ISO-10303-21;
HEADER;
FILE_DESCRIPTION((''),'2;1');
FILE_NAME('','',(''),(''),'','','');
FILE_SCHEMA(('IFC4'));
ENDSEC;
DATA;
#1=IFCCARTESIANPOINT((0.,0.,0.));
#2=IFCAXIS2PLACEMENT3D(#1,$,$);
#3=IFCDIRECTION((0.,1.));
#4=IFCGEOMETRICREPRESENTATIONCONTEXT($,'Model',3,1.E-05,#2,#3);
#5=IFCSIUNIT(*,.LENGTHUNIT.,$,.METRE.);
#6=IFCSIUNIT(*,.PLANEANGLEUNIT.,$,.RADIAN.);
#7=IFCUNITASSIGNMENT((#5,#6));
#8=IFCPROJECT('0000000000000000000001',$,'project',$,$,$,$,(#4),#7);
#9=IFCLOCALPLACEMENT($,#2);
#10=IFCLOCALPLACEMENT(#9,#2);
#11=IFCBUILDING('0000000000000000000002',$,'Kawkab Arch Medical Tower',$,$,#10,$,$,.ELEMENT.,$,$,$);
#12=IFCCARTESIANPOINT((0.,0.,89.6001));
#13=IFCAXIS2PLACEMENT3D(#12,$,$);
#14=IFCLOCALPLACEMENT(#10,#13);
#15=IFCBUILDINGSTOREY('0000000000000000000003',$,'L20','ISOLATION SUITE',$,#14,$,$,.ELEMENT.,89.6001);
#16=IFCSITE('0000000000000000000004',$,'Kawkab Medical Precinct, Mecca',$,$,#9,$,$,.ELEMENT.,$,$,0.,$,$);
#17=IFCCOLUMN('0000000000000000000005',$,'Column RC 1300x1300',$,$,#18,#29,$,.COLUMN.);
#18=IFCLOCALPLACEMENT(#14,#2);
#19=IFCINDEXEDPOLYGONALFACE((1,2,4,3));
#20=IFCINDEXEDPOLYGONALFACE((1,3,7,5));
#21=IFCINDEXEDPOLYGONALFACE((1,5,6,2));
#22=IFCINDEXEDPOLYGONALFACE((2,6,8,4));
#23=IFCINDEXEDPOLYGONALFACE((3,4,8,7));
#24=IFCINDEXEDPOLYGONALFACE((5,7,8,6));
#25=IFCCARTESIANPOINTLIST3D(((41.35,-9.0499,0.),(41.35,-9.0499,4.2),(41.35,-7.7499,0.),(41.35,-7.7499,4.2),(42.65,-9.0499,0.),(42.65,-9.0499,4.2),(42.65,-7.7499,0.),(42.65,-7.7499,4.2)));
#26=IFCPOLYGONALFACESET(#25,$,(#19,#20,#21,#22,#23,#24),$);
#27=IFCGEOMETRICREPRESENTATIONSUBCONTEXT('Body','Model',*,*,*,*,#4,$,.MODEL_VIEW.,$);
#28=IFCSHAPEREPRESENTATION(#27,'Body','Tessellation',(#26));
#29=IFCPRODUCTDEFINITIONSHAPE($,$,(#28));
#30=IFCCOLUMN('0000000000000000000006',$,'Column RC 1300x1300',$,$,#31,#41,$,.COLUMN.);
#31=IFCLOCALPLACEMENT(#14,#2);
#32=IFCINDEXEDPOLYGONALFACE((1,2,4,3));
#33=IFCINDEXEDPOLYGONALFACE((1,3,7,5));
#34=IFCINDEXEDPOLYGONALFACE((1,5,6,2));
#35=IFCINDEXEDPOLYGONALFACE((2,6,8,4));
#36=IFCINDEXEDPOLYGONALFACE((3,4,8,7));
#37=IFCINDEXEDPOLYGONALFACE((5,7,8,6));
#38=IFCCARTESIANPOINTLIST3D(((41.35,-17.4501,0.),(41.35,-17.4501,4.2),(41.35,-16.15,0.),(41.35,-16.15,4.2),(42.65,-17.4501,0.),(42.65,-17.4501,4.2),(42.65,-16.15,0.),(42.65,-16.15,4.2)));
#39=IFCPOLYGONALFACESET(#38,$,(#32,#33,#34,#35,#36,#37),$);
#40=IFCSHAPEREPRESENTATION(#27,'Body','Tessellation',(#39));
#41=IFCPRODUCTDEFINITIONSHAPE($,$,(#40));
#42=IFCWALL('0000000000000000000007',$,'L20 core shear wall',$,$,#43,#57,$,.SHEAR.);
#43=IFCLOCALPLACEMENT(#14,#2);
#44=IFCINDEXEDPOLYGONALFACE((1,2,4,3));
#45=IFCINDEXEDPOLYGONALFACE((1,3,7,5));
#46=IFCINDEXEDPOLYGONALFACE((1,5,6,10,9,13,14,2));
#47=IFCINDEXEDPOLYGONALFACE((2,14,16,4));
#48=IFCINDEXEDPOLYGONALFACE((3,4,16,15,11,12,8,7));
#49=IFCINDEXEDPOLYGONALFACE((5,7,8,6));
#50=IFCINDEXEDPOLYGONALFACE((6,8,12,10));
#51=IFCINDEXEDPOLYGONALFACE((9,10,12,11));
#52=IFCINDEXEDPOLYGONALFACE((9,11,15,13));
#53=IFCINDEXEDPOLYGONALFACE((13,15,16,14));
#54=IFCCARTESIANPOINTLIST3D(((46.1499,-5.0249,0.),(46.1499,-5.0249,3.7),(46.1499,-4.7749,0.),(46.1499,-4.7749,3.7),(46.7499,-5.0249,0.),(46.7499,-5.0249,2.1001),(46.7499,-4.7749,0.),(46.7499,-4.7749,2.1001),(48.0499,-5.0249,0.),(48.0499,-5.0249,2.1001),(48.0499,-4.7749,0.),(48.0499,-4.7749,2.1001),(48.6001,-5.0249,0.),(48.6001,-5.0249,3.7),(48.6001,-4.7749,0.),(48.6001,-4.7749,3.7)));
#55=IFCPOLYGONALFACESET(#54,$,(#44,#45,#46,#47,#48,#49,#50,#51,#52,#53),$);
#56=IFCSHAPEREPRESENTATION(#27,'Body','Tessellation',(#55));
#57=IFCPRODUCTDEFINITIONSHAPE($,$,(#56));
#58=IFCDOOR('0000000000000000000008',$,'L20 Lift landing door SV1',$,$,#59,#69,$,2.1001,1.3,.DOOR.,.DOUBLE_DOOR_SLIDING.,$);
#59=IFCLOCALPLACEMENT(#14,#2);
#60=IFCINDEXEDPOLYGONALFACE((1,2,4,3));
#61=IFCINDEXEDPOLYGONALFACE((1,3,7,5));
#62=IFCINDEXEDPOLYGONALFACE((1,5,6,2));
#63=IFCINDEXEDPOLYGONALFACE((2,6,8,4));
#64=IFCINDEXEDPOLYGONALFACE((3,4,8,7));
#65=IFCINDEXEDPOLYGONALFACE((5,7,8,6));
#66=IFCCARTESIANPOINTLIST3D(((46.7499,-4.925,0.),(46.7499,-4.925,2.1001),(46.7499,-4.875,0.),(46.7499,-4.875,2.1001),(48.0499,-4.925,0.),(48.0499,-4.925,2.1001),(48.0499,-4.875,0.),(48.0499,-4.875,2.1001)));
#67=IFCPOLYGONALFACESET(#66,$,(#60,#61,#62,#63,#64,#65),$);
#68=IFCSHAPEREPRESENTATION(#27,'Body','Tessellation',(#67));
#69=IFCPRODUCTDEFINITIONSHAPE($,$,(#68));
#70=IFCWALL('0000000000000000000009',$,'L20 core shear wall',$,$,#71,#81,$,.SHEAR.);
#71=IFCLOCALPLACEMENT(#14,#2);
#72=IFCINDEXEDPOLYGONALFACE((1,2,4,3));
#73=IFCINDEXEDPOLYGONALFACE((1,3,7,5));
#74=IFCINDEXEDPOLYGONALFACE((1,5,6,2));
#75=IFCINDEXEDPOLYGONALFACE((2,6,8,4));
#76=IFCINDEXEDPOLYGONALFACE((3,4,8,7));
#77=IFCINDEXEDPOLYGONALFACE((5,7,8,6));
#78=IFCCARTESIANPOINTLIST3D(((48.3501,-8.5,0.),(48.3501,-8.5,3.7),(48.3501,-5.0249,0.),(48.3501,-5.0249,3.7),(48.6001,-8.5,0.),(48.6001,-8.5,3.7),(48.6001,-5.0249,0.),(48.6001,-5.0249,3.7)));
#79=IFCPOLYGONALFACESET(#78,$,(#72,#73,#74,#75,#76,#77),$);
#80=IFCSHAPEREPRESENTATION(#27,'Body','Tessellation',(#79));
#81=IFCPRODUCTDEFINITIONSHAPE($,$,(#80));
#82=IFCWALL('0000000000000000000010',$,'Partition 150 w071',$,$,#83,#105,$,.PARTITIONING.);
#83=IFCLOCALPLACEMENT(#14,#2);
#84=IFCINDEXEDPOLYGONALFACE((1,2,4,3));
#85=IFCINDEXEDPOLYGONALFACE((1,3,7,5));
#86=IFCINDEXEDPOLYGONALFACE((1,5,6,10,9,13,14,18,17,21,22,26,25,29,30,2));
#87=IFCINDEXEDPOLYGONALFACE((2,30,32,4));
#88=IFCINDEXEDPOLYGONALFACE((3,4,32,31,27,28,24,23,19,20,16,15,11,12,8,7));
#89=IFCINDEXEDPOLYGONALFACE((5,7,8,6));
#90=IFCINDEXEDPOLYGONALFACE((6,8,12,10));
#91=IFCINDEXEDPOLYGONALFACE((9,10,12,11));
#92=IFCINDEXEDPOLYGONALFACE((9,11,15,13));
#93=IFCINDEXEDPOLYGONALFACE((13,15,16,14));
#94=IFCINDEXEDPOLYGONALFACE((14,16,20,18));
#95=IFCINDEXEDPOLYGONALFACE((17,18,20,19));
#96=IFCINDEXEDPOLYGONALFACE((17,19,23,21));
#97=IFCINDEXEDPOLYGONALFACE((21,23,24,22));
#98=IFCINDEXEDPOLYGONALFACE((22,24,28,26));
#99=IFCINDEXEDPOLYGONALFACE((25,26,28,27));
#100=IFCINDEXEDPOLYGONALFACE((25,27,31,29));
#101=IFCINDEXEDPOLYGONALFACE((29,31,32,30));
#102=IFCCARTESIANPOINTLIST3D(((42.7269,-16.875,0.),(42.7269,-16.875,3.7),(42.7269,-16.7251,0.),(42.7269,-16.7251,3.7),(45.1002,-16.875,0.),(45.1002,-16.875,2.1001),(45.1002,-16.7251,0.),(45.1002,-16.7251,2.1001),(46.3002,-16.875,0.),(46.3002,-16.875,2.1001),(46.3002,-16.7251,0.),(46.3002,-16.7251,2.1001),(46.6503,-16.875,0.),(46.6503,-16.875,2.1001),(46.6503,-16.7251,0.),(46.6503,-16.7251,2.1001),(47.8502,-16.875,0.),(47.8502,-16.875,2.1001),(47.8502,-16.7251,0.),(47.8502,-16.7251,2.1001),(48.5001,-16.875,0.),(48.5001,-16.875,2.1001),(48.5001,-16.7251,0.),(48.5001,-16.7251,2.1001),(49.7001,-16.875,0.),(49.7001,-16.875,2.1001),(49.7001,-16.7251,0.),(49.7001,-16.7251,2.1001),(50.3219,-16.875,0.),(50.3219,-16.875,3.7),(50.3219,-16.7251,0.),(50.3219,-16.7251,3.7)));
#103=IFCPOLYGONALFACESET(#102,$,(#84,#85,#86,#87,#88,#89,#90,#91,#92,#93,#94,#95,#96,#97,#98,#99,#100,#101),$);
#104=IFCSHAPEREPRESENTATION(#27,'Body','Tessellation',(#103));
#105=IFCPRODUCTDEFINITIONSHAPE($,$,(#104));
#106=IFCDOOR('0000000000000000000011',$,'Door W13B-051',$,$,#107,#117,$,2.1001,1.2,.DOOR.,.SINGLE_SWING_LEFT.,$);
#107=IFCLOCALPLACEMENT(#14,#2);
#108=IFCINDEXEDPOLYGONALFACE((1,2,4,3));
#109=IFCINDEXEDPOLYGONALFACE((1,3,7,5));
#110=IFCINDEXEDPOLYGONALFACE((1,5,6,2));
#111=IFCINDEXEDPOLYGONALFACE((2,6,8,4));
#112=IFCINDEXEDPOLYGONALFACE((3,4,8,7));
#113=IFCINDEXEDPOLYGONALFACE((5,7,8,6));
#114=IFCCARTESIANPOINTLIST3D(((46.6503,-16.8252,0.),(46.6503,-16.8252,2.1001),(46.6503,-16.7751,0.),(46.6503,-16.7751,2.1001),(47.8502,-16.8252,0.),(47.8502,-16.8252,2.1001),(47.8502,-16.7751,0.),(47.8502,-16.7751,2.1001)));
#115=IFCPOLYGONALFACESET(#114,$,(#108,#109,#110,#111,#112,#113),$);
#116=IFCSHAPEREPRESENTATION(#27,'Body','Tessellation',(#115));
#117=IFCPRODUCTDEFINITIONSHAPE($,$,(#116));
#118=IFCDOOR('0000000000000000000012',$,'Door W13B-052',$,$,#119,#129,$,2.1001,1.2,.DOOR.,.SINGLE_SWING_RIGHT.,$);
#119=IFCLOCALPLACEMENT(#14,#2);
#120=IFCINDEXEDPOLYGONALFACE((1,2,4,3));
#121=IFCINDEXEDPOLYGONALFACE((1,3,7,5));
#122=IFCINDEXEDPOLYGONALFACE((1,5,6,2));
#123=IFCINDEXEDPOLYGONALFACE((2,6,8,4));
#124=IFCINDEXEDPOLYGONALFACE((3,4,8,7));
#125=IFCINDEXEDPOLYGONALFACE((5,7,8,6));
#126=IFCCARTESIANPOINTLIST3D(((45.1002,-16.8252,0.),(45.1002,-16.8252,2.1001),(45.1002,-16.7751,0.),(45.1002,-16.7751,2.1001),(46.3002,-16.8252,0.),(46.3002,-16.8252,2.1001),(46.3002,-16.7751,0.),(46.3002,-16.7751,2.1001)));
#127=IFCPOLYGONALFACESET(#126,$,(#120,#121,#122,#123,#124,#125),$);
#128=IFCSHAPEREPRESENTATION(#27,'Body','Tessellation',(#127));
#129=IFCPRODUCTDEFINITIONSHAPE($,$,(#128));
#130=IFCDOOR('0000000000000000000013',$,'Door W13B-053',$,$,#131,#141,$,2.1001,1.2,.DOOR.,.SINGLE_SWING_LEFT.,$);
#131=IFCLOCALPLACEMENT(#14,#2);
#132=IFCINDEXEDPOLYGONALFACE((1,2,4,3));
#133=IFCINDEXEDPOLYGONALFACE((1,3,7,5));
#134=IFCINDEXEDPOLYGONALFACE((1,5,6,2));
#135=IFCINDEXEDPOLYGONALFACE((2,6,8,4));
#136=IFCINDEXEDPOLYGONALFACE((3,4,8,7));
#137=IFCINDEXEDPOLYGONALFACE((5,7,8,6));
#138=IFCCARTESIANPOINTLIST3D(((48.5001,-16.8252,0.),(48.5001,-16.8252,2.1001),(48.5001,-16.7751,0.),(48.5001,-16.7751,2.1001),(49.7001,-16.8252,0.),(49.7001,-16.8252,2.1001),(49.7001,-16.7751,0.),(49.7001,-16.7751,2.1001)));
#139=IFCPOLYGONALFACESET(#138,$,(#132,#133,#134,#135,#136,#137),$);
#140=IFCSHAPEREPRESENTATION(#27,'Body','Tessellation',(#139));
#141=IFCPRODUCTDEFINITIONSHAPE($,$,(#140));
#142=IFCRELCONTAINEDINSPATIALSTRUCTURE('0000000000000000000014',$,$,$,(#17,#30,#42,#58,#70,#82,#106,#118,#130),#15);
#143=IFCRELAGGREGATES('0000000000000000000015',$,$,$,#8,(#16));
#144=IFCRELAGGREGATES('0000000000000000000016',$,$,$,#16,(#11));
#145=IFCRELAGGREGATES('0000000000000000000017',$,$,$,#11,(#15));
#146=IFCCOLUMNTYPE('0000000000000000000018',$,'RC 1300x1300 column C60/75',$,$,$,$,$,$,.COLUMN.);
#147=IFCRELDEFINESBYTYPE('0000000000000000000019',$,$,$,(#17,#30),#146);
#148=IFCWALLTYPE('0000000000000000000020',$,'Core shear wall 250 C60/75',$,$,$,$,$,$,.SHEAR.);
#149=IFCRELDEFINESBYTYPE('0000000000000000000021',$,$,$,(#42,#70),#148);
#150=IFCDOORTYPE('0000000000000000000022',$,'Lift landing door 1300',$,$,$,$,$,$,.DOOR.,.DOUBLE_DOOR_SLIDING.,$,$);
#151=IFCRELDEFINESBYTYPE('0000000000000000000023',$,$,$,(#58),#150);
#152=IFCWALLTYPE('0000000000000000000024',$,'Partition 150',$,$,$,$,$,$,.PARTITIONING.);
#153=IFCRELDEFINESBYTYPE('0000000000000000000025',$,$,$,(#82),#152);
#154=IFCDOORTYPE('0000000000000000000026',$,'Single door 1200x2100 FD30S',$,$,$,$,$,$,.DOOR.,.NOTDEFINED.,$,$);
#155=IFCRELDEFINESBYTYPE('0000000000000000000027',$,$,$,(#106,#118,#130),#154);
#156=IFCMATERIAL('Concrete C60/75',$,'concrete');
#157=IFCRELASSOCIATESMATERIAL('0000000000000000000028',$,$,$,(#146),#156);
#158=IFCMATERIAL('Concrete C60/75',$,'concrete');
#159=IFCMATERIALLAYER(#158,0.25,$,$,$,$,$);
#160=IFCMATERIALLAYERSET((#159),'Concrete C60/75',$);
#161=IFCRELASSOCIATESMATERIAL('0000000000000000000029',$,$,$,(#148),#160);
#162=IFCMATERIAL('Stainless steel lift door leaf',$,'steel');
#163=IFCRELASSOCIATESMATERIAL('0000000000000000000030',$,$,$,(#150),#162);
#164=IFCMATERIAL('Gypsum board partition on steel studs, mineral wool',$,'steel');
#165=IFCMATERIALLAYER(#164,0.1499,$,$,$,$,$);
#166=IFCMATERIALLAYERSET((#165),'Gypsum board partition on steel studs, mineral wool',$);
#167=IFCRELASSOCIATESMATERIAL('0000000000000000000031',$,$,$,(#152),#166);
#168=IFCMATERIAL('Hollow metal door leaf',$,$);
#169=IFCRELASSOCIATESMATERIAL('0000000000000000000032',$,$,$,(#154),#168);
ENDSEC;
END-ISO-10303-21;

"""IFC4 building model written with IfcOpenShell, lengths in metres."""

from ifc_helpers import new_model, si_unit, direction, frame, frame_2d, origin, origin_2d, place, context, subcontext, project, spatial, rectangle, extrude, material, layer, layer_set, material_profile, profile_set, type_object, element, fill, save


model = new_model("IFC4")

# Units and contexts
model_context = context("Model", 3, precision=1e-05, world=origin(), true_north=direction((0.0, 1.0)))
body_context = subcontext(model_context, "Body", "Model", "MODEL_VIEW")
ifc_project = project(units=[si_unit("LENGTHUNIT", "METRE"), si_unit("PLANEANGLEUNIT", "RADIAN")], contexts=[model_context])

# Site, building, storey
site_placement = place(None, origin())
site = spatial("IfcSite", under=ifc_project, at=site_placement, Name="Kawkab Medical Precinct, Mecca", CompositionType="ELEMENT", RefElevation=0.0)
building_placement = place(site_placement, origin())
building = spatial("IfcBuilding", under=site, at=building_placement, Name="Kawkab Arch Medical Tower", CompositionType="ELEMENT")
storey_placement = place(building_placement, frame((0.0, 0.0, 89.6001)))
storey = spatial("IfcBuildingStorey", under=building, at=storey_placement, Name="L20", Description="ISOLATION SUITE", CompositionType="ELEMENT", Elevation=89.6001)

# Columns
ifc_material_1 = material(Name="Concrete C60/75", Category="concrete")
ifc_material_profile = material_profile(ifc_material_1, rectangle(XDim=1.3, YDim=1.3, at=origin_2d()), Name="RC 1300x1300")
ifc_profile_set = profile_set([ifc_material_profile], Name="Concrete C60/75")
column_type = type_object("IfcColumnType", Name="RC 1300x1300 column C60/75", PredefinedType="COLUMN", material=ifc_profile_set)
for number, where, z_axis, x_axis, name in (
    (1, (42.0, -8.3999, 0.0), (0.0, 0.0, 1.0), (1.0, 0.0, 0.0), "Column RC 1300x1300"),
    (2, (42.0, -16.8, 0.0), (0.0, 0.0, 1.0), (1.0, 0.0, 0.0), "Column RC 1300x1300"),
):
    element("IfcColumn", number, at=place(storey_placement, frame(where, z_axis=z_axis, x_axis=x_axis)), inside=storey, type_object=column_type, Name=name, PredefinedType="COLUMN", context=body_context, shape_type="SweptSolid", body=[
        extrude(rectangle(XDim=1.3, YDim=1.3, at=origin_2d()), origin(), (0.0, 0.0, 1.0), 4.2),
    ])

# Wall, opening, door
ifc_material_2 = material(Name="Concrete C60/75", Category="concrete")
ifc_layer_1 = layer(ifc_material_2, 0.25)
ifc_layer_set_1 = layer_set([ifc_layer_1], Name="Concrete C60/75")
wall_type_1 = type_object("IfcWallType", Name="Core shear wall 250 C60/75", PredefinedType="SHEAR", material=ifc_layer_set_1)
wall_1_placement = place(storey_placement, frame((46.1499, -4.8999, 0.0), z_axis=(0.0, 0.0, 1.0), x_axis=(1.0, 0.0, 0.0)))
wall_1 = element("IfcWall", 3, at=wall_1_placement, inside=storey, type_object=wall_type_1, Name="L20 core shear wall", PredefinedType="SHEAR", context=body_context, shape_type="SweptSolid", body=[
    extrude(rectangle(XDim=2.4502, YDim=0.25, at=frame_2d((1.2251, 0.0))), origin(), (0.0, 0.0, 1.0), 3.7),
])
opening_1_placement = place(wall_1_placement, frame((0.6001, 0.0, 0.0)))
opening_1 = element("IfcOpeningElement", 4, at=opening_1_placement, cuts=wall_1, PredefinedType="OPENING", context=body_context, shape_type="SweptSolid", body=[
    extrude(rectangle(XDim=1.3, YDim=2.1001, at=frame_2d((0.6499, 1.05))), frame((0.0, 0.135, 0.0), z_axis=(0.0, -1.0, 0.0), x_axis=(1.0, 0.0, 0.0)), (0.0, 0.0, 1.0), 0.27),
])
ifc_material_3 = material(Name="Stainless steel lift door leaf", Category="steel")
door_type_1 = type_object("IfcDoorType", Name="Lift landing door 1300", OperationType="DOUBLE_DOOR_SLIDING", PredefinedType="DOOR", material=ifc_material_3)
door_1_placement = place(opening_1_placement, origin())
door_1 = element("IfcDoor", 5, at=door_1_placement, inside=storey, type_object=door_type_1, Name="L20 Lift landing door SV1", OperationType="DOUBLE_DOOR_SLIDING", OverallHeight=2.1001, OverallWidth=1.3, PredefinedType="DOOR", context=body_context, shape_type="SweptSolid", body=[
    extrude(rectangle(XDim=1.3, YDim=2.1001, at=frame_2d((0.6499, 1.05))), frame((0.0, 0.0249, 0.0), z_axis=(0.0, -1.0, 0.0), x_axis=(1.0, 0.0, 0.0)), (0.0, 0.0, 1.0), 0.05),
])
fill(opening_1, door_1)

# Wall
wall_2_placement = place(storey_placement, frame((48.4751, -8.5, 0.0), z_axis=(0.0, 0.0, 1.0), x_axis=(0.0, 1.0, 0.0)))
element("IfcWall", 6, at=wall_2_placement, inside=storey, type_object=wall_type_1, Name="L20 core shear wall", PredefinedType="SHEAR", context=body_context, shape_type="SweptSolid", body=[
    extrude(rectangle(XDim=3.4751, YDim=0.25, at=frame_2d((1.7375, 0.0))), origin(), (0.0, 0.0, 1.0), 3.7),
])

# Wall, openings, doors
ifc_material_4 = material(Name="Gypsum board partition on steel studs, mineral wool", Category="steel")
ifc_layer_2 = layer(ifc_material_4, 0.1499)
ifc_layer_set_2 = layer_set([ifc_layer_2], Name="Gypsum board partition on steel studs, mineral wool")
wall_type_2 = type_object("IfcWallType", Name="Partition 150", PredefinedType="PARTITIONING", material=ifc_layer_set_2)
wall_3_placement = place(storey_placement, frame((42.7271, -16.8, 0.0), z_axis=(0.0, 0.0, 1.0), x_axis=(1.0, 0.0, 0.0)))
wall_3 = element("IfcWall", 7, at=wall_3_placement, inside=storey, type_object=wall_type_2, Name="Partition 150 w071", PredefinedType="PARTITIONING", context=body_context, shape_type="SweptSolid", body=[
    extrude(rectangle(XDim=7.595, YDim=0.1499, at=frame_2d((3.7974, 0.0))), origin(), (0.0, 0.0, 1.0), 3.7),
])
opening_2_placement = place(wall_3_placement, frame((3.9231, 0.0, 0.0)))
opening_2 = element("IfcOpeningElement", 8, at=opening_2_placement, cuts=wall_3, PredefinedType="OPENING", context=body_context, shape_type="SweptSolid", body=[
    extrude(rectangle(XDim=1.2, YDim=2.1001, at=frame_2d((0.6001, 1.05))), frame((0.0, 0.085, 0.0), z_axis=(0.0, -1.0, 0.0), x_axis=(1.0, 0.0, 0.0)), (0.0, 0.0, 1.0), 0.1699),
])
opening_3_placement = place(wall_3_placement, frame((2.373, 0.0, 0.0)))
opening_3 = element("IfcOpeningElement", 9, at=opening_3_placement, cuts=wall_3, PredefinedType="OPENING", context=body_context, shape_type="SweptSolid", body=[
    extrude(rectangle(XDim=1.2, YDim=2.1001, at=frame_2d((0.6001, 1.05))), frame((0.0, 0.085, 0.0), z_axis=(0.0, -1.0, 0.0), x_axis=(1.0, 0.0, 0.0)), (0.0, 0.0, 1.0), 0.1699),
])
opening_4_placement = place(wall_3_placement, frame((5.7729, 0.0, 0.0)))
opening_4 = element("IfcOpeningElement", 10, at=opening_4_placement, cuts=wall_3, PredefinedType="OPENING", context=body_context, shape_type="SweptSolid", body=[
    extrude(rectangle(XDim=1.2, YDim=2.1001, at=frame_2d((0.6001, 1.05))), frame((0.0, 0.085, 0.0), z_axis=(0.0, -1.0, 0.0), x_axis=(1.0, 0.0, 0.0)), (0.0, 0.0, 1.0), 0.1699),
])
ifc_material_5 = material(Name="Hollow metal door leaf")
door_type_2 = type_object("IfcDoorType", Name="Single door 1200x2100 FD30S", OperationType="NOTDEFINED", PredefinedType="DOOR", material=ifc_material_5)
door_2_placement = place(opening_2_placement, origin())
door_2 = element("IfcDoor", 11, at=door_2_placement, inside=storey, type_object=door_type_2, Name="Door W13B-051", OperationType="SINGLE_SWING_LEFT", OverallHeight=2.1001, OverallWidth=1.2, PredefinedType="DOOR", context=body_context, shape_type="SweptSolid", body=[
    extrude(rectangle(XDim=1.2, YDim=2.1001, at=frame_2d((0.6001, 1.05))), frame((0.0, 0.0249, 0.0), z_axis=(0.0, -1.0, 0.0), x_axis=(1.0, 0.0, 0.0)), (0.0, 0.0, 1.0), 0.05),
])
fill(opening_2, door_2)
door_3_placement = place(opening_3_placement, origin())
door_3 = element("IfcDoor", 12, at=door_3_placement, inside=storey, type_object=door_type_2, Name="Door W13B-052", OperationType="SINGLE_SWING_RIGHT", OverallHeight=2.1001, OverallWidth=1.2, PredefinedType="DOOR", context=body_context, shape_type="SweptSolid", body=[
    extrude(rectangle(XDim=1.2, YDim=2.1001, at=frame_2d((0.6001, 1.05))), frame((0.0, 0.0249, 0.0), z_axis=(0.0, -1.0, 0.0), x_axis=(1.0, 0.0, 0.0)), (0.0, 0.0, 1.0), 0.05),
])
fill(opening_3, door_3)
door_4_placement = place(opening_4_placement, origin())
door_4 = element("IfcDoor", 13, at=door_4_placement, inside=storey, type_object=door_type_2, Name="Door W13B-053", OperationType="SINGLE_SWING_LEFT", OverallHeight=2.1001, OverallWidth=1.2, PredefinedType="DOOR", context=body_context, shape_type="SweptSolid", body=[
    extrude(rectangle(XDim=1.2, YDim=2.1001, at=frame_2d((0.6001, 1.05))), frame((0.0, 0.0249, 0.0), z_axis=(0.0, -1.0, 0.0), x_axis=(1.0, 0.0, 0.0)), (0.0, 0.0, 1.0), 0.05),
])
fill(opening_4, door_4)

save(model, "model.ifc")
